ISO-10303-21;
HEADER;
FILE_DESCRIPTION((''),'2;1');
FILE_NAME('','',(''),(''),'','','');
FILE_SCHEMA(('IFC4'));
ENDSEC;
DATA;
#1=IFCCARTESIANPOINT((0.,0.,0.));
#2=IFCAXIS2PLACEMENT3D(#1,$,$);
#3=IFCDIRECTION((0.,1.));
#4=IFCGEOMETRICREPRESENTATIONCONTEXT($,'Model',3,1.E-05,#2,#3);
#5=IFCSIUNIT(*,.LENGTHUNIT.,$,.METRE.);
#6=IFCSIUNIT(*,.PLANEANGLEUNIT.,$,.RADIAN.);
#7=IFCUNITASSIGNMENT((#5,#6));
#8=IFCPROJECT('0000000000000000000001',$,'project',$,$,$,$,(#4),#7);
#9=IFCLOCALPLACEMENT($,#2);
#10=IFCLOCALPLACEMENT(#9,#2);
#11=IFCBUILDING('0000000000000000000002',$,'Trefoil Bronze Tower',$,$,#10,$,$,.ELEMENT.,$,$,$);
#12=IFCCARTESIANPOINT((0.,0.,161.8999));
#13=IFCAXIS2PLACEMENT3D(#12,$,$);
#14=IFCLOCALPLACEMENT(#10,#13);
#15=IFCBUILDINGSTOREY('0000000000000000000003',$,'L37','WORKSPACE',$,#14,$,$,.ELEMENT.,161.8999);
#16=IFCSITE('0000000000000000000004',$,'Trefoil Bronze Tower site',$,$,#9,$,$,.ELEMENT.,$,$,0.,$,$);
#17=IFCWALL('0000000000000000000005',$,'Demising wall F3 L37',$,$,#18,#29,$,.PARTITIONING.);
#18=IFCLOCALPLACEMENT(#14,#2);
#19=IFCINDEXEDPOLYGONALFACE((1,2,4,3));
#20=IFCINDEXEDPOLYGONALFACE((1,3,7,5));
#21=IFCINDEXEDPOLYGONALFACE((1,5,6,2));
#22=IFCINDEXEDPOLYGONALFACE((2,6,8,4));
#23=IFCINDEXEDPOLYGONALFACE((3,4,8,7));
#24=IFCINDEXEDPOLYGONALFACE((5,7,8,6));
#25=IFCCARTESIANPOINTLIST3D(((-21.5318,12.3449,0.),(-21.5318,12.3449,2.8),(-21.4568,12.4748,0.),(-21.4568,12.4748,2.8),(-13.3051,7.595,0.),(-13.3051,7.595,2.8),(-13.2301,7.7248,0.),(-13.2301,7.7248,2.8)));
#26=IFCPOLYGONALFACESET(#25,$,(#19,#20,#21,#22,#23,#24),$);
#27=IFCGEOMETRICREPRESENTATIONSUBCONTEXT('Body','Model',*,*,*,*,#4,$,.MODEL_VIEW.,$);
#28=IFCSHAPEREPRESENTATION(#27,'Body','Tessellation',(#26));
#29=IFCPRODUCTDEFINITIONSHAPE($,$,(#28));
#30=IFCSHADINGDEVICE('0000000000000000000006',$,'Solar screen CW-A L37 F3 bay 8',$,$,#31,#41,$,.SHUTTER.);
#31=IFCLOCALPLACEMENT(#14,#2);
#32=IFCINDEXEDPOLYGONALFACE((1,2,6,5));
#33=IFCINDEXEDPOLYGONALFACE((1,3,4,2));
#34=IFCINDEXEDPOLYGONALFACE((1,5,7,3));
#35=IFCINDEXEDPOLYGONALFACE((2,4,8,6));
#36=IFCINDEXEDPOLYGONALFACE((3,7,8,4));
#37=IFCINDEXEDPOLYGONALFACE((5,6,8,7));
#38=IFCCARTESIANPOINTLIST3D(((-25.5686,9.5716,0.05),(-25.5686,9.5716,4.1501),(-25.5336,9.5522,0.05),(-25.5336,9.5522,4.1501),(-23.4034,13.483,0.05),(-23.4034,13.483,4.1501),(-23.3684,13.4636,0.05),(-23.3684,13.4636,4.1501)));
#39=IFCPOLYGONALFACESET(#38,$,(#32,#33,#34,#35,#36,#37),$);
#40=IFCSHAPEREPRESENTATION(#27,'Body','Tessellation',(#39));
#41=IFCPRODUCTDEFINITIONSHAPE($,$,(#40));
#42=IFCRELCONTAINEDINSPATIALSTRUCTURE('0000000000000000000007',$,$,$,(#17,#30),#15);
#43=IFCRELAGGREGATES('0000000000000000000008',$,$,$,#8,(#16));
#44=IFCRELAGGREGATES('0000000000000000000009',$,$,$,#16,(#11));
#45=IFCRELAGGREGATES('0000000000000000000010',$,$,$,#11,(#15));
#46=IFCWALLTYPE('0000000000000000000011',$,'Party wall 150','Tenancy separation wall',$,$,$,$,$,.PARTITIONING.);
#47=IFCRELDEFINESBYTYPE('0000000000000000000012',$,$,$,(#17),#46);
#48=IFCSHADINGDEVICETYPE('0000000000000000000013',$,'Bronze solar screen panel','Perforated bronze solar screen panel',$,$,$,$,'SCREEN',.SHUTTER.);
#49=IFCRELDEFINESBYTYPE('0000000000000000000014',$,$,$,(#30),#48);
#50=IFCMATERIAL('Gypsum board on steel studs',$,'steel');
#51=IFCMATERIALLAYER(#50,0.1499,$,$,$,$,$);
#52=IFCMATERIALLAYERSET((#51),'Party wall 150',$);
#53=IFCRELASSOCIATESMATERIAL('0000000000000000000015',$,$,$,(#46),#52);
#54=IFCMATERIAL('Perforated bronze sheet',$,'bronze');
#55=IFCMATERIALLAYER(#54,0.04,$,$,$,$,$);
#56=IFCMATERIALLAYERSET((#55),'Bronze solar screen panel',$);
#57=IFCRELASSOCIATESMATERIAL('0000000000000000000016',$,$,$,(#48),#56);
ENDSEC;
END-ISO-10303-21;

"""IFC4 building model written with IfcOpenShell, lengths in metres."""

from ifc_helpers import new_model, si_unit, direction, frame, frame_2d, origin, origin_2d, place, context, subcontext, project, spatial, rectangle, extrude, material, layer, layer_set, type_object, element, save


model = new_model("IFC4")

# Units and contexts
model_context = context("Model", 3, precision=1e-05, world=origin(), true_north=direction((0.0, 1.0)))
body_context = subcontext(model_context, "Body", "Model", "MODEL_VIEW")
ifc_project = project(units=[si_unit("LENGTHUNIT", "METRE"), si_unit("PLANEANGLEUNIT", "RADIAN")], contexts=[model_context])

# Site, building, storey
site_placement = place(None, origin())
site = spatial("IfcSite", under=ifc_project, at=site_placement, Name="Trefoil Bronze Tower site", CompositionType="ELEMENT", RefElevation=0.0)
building_placement = place(site_placement, origin())
building = spatial("IfcBuilding", under=site, at=building_placement, Name="Trefoil Bronze Tower", CompositionType="ELEMENT")
storey_placement = place(building_placement, frame((0.0, 0.0, 161.8999)))
storey = spatial("IfcBuildingStorey", under=building, at=storey_placement, Name="L37", Description="WORKSPACE", CompositionType="ELEMENT", Elevation=161.8999)

# Wall
ifc_material_1 = material(Name="Gypsum board on steel studs", Category="steel")
ifc_layer_1 = layer(ifc_material_1, 0.1499)
ifc_layer_set_1 = layer_set([ifc_layer_1], Name="Party wall 150")
wall_type_1 = type_object("IfcWallType", Name="Party wall 150", Description="Tenancy separation wall", PredefinedType="PARTITIONING", material=ifc_layer_set_1)
wall_1_placement = place(storey_placement, frame((-13.2676, 7.6599, 0.0), z_axis=(0.0, 0.0, 1.0), x_axis=(-0.866014, 0.50002, 0.0)))
element("IfcWall", 1, at=wall_1_placement, inside=storey, type_object=wall_type_1, Name="Demising wall F3 L37", PredefinedType="PARTITIONING", context=body_context, shape_type="SweptSolid", body=[
    extrude(rectangle(XDim=9.4995, YDim=0.1499, at=frame_2d((4.7498, 0.0))), origin(), (0.0, 0.0, 1.0), 2.8),
])

# Shading device
ifc_material_2 = material(Name="Perforated bronze sheet", Category="bronze")
ifc_layer_2 = layer(ifc_material_2, 0.04)
ifc_layer_set_2 = layer_set([ifc_layer_2], Name="Bronze solar screen panel")
shading_device_type = type_object("IfcShadingDeviceType", Name="Bronze solar screen panel", Description="Perforated bronze solar screen panel", ElementType="SCREEN", PredefinedType="SHUTTER", material=ifc_layer_set_2)
shading_device_placement = place(storey_placement, frame((-24.4685, 11.5176, 0.05), z_axis=(0.0, 0.0, 1.0), x_axis=(-0.484312, -0.874895, 0.0)))
element("IfcShadingDevice", 2, at=shading_device_placement, inside=storey, type_object=shading_device_type, Name="Solar screen CW-A L37 F3 bay 8", PredefinedType="SHUTTER", context=body_context, shape_type="SweptSolid", body=[
    extrude(rectangle(XDim=4.4707, YDim=0.04, at=origin_2d()), origin(), (0.0, 0.0, 1.0), 4.1001),
])

save(model, "model.ifc")
